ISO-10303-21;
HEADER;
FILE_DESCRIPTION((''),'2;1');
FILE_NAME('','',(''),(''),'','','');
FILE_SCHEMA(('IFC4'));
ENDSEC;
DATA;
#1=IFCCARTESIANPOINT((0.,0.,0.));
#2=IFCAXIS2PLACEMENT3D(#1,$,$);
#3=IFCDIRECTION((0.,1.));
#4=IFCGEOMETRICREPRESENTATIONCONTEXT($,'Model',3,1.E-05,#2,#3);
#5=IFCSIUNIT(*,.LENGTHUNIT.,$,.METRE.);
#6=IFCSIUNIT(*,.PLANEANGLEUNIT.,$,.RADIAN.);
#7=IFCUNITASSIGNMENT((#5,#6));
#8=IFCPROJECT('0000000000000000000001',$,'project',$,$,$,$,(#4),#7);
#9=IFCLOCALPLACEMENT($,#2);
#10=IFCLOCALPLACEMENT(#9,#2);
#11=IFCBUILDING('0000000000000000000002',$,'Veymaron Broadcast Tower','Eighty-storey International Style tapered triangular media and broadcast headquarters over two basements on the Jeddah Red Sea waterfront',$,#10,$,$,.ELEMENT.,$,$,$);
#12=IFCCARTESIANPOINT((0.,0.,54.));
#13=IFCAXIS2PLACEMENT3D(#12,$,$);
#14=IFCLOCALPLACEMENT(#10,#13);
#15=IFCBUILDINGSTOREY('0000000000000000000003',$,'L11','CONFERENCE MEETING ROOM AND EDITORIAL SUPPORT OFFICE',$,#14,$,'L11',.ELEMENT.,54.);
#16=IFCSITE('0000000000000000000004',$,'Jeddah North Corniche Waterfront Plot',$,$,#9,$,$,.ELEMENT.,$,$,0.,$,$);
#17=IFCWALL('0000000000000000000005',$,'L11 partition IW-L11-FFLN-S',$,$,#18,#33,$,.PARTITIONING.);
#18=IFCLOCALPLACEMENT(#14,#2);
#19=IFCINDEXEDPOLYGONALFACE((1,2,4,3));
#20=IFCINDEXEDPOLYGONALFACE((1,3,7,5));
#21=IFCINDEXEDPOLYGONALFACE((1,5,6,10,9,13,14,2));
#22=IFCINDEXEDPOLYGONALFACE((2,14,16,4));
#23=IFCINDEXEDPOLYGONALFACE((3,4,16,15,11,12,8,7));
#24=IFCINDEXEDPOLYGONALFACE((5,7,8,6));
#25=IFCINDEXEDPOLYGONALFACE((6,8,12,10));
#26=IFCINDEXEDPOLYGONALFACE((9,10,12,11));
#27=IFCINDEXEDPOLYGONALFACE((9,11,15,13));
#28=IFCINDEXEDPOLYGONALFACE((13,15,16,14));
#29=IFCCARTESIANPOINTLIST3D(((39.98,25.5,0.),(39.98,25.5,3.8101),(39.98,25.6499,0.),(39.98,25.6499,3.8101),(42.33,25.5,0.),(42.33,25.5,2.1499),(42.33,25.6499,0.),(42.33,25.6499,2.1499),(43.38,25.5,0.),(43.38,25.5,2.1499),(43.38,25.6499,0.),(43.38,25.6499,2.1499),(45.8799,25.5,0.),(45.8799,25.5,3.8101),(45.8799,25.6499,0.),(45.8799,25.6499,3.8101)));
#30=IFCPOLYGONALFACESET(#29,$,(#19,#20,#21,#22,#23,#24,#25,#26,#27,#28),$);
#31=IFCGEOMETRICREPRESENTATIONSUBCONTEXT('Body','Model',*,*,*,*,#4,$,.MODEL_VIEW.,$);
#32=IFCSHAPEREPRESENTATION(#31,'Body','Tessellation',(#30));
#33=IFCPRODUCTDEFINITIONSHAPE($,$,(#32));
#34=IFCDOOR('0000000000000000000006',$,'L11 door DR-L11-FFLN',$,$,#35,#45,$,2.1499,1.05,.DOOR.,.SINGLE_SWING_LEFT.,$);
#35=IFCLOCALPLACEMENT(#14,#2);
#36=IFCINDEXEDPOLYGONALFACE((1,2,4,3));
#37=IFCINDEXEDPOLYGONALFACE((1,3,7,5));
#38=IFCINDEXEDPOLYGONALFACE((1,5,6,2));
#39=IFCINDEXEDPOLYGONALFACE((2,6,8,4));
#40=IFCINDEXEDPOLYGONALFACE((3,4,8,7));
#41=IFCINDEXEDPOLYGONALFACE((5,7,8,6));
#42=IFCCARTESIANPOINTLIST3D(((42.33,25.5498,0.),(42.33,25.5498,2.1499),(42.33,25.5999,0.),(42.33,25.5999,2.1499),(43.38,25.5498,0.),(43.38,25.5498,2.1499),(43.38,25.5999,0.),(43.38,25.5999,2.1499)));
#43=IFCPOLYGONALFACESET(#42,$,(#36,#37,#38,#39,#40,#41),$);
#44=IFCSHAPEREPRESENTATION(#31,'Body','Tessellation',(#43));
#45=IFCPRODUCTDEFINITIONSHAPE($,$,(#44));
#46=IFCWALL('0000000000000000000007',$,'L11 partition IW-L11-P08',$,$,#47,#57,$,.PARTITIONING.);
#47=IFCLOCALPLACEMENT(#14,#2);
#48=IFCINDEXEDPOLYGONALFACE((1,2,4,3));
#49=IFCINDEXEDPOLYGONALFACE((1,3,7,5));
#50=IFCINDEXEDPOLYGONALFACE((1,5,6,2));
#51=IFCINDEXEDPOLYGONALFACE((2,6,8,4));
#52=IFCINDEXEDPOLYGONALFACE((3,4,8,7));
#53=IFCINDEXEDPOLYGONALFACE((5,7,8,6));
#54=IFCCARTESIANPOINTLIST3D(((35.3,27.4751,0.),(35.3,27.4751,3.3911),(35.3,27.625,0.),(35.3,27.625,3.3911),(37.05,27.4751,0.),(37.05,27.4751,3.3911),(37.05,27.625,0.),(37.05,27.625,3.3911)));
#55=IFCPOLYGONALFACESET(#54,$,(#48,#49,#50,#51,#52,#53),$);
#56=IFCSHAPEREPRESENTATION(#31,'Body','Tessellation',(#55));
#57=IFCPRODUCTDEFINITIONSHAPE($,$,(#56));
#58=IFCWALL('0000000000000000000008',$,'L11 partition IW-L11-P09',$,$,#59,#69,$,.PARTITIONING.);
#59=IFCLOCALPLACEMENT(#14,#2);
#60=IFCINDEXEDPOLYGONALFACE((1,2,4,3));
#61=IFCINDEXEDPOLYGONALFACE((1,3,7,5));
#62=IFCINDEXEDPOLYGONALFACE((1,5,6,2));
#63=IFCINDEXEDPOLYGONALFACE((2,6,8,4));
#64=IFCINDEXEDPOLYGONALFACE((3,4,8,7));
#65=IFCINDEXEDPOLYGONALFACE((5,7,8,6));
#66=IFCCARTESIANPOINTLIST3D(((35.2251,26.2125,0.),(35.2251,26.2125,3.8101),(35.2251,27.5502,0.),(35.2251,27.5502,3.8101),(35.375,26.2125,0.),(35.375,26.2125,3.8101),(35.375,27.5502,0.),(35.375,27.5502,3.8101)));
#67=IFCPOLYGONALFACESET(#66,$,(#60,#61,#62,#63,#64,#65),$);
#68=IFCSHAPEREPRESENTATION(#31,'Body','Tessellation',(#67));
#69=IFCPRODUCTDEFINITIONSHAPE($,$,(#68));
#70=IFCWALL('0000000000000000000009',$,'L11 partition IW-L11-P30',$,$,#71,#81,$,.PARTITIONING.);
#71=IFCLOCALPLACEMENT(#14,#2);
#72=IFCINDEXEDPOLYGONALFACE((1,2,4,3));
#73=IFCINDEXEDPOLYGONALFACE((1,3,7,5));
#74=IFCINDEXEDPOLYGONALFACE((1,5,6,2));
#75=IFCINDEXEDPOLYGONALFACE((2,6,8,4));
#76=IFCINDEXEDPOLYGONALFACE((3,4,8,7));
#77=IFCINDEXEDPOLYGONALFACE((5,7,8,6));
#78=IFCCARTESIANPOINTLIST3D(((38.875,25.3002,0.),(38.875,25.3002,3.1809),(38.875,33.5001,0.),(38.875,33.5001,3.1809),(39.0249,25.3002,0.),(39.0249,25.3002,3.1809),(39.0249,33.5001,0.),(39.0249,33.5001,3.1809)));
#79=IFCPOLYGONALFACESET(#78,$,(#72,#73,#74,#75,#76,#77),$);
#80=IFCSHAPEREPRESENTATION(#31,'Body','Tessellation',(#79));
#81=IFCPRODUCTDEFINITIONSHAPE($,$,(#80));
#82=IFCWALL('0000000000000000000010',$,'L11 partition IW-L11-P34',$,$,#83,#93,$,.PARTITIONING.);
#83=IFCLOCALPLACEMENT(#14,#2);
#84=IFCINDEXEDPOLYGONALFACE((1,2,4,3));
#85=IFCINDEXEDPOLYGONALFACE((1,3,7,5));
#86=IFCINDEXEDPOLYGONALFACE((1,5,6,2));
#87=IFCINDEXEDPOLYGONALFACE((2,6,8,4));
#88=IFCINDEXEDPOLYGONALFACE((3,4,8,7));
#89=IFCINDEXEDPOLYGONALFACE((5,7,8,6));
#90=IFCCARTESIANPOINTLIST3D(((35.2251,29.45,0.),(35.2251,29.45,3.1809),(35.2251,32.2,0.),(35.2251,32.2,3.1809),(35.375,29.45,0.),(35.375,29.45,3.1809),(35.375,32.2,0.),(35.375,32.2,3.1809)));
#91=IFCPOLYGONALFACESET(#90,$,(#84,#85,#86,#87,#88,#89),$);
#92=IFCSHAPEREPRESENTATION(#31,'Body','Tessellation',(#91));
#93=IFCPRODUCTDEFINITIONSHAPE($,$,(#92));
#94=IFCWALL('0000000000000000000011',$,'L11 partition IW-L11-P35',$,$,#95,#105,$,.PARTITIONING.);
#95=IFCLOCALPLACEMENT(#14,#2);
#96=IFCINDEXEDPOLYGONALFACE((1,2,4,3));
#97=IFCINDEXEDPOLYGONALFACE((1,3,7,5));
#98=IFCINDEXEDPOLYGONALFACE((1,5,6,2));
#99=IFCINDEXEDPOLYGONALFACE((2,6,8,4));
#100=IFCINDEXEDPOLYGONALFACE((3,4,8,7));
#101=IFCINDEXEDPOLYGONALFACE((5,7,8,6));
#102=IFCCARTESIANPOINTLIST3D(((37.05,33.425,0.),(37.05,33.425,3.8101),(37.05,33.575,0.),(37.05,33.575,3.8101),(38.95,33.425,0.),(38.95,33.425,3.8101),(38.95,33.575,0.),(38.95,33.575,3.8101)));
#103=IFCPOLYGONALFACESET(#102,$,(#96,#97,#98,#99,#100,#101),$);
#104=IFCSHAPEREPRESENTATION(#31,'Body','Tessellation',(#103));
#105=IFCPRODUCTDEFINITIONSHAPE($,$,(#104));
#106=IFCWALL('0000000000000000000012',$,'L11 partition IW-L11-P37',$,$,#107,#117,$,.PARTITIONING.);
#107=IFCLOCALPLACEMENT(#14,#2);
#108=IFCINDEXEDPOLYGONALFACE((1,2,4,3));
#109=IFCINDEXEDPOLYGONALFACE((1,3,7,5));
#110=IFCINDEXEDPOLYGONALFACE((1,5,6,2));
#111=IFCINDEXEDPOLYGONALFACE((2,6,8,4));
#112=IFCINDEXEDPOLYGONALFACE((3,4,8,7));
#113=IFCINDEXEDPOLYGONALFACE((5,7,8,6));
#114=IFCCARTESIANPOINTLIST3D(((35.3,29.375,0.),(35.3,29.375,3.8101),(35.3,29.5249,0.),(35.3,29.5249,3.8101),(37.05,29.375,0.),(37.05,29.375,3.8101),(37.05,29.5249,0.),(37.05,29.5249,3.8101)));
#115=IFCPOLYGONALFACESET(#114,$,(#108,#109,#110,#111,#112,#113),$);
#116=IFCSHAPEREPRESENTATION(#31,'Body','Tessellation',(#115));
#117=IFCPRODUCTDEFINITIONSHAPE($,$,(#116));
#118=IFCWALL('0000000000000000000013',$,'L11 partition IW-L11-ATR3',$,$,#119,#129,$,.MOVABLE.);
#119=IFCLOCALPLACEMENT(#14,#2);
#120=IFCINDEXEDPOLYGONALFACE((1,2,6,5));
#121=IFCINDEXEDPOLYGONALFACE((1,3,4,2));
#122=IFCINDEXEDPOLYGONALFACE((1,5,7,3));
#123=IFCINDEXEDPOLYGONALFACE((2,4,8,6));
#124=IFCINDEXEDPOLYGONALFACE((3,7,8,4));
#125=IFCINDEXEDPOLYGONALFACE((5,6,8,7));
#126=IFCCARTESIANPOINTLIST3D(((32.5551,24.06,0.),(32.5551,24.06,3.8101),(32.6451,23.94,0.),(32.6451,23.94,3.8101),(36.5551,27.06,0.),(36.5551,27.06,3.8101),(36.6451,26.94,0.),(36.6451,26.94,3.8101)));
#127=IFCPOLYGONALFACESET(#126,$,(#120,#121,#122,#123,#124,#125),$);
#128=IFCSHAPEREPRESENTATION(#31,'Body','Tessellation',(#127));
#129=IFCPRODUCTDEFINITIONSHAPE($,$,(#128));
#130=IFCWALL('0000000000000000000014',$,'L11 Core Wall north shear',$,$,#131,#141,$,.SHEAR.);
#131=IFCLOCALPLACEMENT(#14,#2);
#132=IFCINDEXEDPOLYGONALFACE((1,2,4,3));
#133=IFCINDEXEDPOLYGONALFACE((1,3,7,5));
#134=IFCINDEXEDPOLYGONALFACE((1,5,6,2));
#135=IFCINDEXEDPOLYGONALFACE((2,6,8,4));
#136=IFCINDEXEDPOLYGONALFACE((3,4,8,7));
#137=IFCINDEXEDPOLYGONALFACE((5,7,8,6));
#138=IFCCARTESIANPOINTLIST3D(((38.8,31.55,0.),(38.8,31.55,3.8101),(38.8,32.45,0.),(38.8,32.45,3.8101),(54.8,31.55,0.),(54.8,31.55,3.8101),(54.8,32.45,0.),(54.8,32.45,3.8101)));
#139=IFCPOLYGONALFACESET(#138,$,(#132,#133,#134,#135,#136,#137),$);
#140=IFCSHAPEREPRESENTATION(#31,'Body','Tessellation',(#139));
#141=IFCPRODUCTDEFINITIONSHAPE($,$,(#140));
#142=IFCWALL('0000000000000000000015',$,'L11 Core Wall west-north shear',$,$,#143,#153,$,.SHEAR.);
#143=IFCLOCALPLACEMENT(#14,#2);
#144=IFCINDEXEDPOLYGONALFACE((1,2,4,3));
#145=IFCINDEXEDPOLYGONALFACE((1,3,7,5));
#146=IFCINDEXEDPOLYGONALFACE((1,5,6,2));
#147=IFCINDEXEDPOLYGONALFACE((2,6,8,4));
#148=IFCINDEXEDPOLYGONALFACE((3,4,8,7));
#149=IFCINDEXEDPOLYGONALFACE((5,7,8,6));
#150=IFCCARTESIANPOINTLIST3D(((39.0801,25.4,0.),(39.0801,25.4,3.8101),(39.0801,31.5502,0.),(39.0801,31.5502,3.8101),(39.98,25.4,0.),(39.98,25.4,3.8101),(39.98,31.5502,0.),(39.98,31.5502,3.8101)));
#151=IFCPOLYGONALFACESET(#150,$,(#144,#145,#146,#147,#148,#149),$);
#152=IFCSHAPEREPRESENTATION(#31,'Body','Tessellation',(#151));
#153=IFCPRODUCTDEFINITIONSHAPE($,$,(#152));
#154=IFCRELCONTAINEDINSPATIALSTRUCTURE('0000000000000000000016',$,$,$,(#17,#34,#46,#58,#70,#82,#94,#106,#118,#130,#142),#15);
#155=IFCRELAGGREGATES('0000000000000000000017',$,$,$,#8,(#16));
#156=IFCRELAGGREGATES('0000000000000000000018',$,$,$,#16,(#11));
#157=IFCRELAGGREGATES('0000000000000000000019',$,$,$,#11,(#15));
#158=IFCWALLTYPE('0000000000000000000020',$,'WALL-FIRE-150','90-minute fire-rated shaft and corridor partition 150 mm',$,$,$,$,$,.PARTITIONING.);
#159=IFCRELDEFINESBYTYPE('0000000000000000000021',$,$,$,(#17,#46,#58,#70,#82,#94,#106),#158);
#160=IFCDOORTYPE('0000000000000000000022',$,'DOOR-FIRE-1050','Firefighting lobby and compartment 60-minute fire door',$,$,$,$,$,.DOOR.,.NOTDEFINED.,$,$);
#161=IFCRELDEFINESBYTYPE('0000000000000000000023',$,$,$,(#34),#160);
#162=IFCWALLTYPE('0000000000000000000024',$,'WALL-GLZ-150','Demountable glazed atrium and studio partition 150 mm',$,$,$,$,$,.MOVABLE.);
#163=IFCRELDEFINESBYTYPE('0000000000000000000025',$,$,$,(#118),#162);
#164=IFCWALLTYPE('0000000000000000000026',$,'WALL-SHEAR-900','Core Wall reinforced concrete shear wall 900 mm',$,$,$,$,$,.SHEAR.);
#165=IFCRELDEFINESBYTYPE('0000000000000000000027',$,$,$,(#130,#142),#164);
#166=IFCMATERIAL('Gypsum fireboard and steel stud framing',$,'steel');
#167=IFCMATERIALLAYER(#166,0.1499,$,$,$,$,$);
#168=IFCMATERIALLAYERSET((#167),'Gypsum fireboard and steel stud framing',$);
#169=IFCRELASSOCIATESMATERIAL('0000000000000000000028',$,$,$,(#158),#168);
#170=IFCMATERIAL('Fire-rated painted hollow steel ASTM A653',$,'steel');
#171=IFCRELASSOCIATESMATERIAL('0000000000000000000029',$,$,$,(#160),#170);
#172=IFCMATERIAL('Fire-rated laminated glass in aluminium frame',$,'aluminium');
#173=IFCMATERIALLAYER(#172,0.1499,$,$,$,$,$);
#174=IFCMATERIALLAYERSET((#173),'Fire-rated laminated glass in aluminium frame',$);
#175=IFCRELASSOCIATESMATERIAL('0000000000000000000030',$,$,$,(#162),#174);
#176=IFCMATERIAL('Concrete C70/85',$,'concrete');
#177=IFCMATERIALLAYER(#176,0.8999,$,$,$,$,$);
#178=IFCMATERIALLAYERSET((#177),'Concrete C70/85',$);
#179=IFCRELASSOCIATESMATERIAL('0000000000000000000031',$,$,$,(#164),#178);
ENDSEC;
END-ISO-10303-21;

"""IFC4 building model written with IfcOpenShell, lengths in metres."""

from ifc_helpers import new_model, si_unit, direction, frame, frame_2d, origin, place, context, subcontext, project, spatial, rectangle, extrude, material, layer, layer_set, type_object, element, fill, save


model = new_model("IFC4")

# Units and contexts
model_context = context("Model", 3, precision=1e-05, world=origin(), true_north=direction((0.0, 1.0)))
body_context = subcontext(model_context, "Body", "Model", "MODEL_VIEW")
ifc_project = project(units=[si_unit("LENGTHUNIT", "METRE"), si_unit("PLANEANGLEUNIT", "RADIAN")], contexts=[model_context])

# Site, building, storey
site_placement = place(None, origin())
site = spatial("IfcSite", under=ifc_project, at=site_placement, Name="Jeddah North Corniche Waterfront Plot", CompositionType="ELEMENT", RefElevation=0.0)
building_placement = place(site_placement, origin())
building = spatial("IfcBuilding", under=site, at=building_placement, Name="Veymaron Broadcast Tower", Description="Eighty-storey International Style tapered triangular media and broadcast headquarters over two basements on the Jeddah Red Sea waterfront", CompositionType="ELEMENT")
storey_placement = place(building_placement, frame((0.0, 0.0, 54.0)))
storey = spatial("IfcBuildingStorey", under=building, at=storey_placement, Name="L11", Description="CONFERENCE MEETING ROOM AND EDITORIAL SUPPORT OFFICE", LongName="L11", CompositionType="ELEMENT", Elevation=54.0)

# Wall, opening, door
ifc_material_1 = material(Name="Gypsum fireboard and steel stud framing", Category="steel")
ifc_layer_1 = layer(ifc_material_1, 0.1499)
ifc_layer_set_1 = layer_set([ifc_layer_1], Name="Gypsum fireboard and steel stud framing")
wall_type_1 = type_object("IfcWallType", Name="WALL-FIRE-150", Description="90-minute fire-rated shaft and corridor partition 150 mm", PredefinedType="PARTITIONING", material=ifc_layer_set_1)
wall_1_placement = place(storey_placement, frame((39.98, 25.575, 0.0), z_axis=(0.0, 0.0, 1.0), x_axis=(1.0, 0.0, 0.0)))
wall_1 = element("IfcWall", 1, at=wall_1_placement, inside=storey, type_object=wall_type_1, Name="L11 partition IW-L11-FFLN-S", PredefinedType="PARTITIONING", context=body_context, shape_type="SweptSolid", body=[
    extrude(rectangle(XDim=5.8999, YDim=0.1499, at=frame_2d((2.95, 0.0))), origin(), (0.0, 0.0, 1.0), 3.8101),
])
opening_1_placement = place(wall_1_placement, frame((2.3501, 0.0, 0.0)))
opening_1 = element("IfcOpeningElement", 2, at=opening_1_placement, cuts=wall_1, PredefinedType="OPENING", context=body_context, shape_type="SweptSolid", body=[
    extrude(rectangle(XDim=1.05, YDim=2.1499, at=frame_2d((0.5249, 1.075))), frame((0.0, 0.085, 0.0), z_axis=(0.0, -1.0, 0.0), x_axis=(1.0, 0.0, 0.0)), (0.0, 0.0, 1.0), 0.1699),
])
ifc_material_2 = material(Name="Fire-rated painted hollow steel ASTM A653", Category="steel")
door_type_1 = type_object("IfcDoorType", Name="DOOR-FIRE-1050", Description="Firefighting lobby and compartment 60-minute fire door", OperationType="NOTDEFINED", PredefinedType="DOOR", material=ifc_material_2)
door_1_placement = place(opening_1_placement, origin())
door_1 = element("IfcDoor", 3, at=door_1_placement, inside=storey, type_object=door_type_1, Name="L11 door DR-L11-FFLN", OperationType="SINGLE_SWING_LEFT", OverallHeight=2.1499, OverallWidth=1.05, PredefinedType="DOOR", context=body_context, shape_type="SweptSolid", body=[
    extrude(rectangle(XDim=1.05, YDim=2.1499, at=frame_2d((0.5249, 1.075))), frame((0.0, 0.0249, 0.0), z_axis=(0.0, -1.0, 0.0), x_axis=(1.0, 0.0, 0.0)), (0.0, 0.0, 1.0), 0.05),
])
fill(opening_1, door_1)

# Walls
wall_2_placement = place(storey_placement, frame((35.3, 27.55, 0.0), z_axis=(0.0, 0.0, 1.0), x_axis=(1.0, 0.0, 0.0)))
element("IfcWall", 4, at=wall_2_placement, inside=storey, type_object=wall_type_1, Name="L11 partition IW-L11-P08", PredefinedType="PARTITIONING", context=body_context, shape_type="SweptSolid", body=[
    extrude(rectangle(XDim=1.75, YDim=0.1499, at=frame_2d((0.875, 0.0))), origin(), (0.0, 0.0, 1.0), 3.3911),
])
wall_3_placement = place(storey_placement, frame((35.3, 26.2124, 0.0), z_axis=(0.0, 0.0, 1.0), x_axis=(0.0, 1.0, 0.0)))
element("IfcWall", 5, at=wall_3_placement, inside=storey, type_object=wall_type_1, Name="L11 partition IW-L11-P09", PredefinedType="PARTITIONING", context=body_context, shape_type="SweptSolid", body=[
    extrude(rectangle(XDim=1.3376, YDim=0.1499, at=frame_2d((0.6689, 0.0))), origin(), (0.0, 0.0, 1.0), 3.8101),
])
wall_4_placement = place(storey_placement, frame((38.95, 25.3, 0.0), z_axis=(0.0, 0.0, 1.0), x_axis=(0.0, 1.0, 0.0)))
element("IfcWall", 6, at=wall_4_placement, inside=storey, type_object=wall_type_1, Name="L11 partition IW-L11-P30", PredefinedType="PARTITIONING", context=body_context, shape_type="SweptSolid", body=[
    extrude(rectangle(XDim=8.2, YDim=0.1499, at=frame_2d((4.1001, 0.0))), origin(), (0.0, 0.0, 1.0), 3.1809),
])
wall_5_placement = place(storey_placement, frame((35.3, 29.45, 0.0), z_axis=(0.0, 0.0, 1.0), x_axis=(0.0, 1.0, 0.0)))
element("IfcWall", 7, at=wall_5_placement, inside=storey, type_object=wall_type_1, Name="L11 partition IW-L11-P34", PredefinedType="PARTITIONING", context=body_context, shape_type="SweptSolid", body=[
    extrude(rectangle(XDim=2.75, YDim=0.1499, at=frame_2d((1.375, 0.0))), origin(), (0.0, 0.0, 1.0), 3.1809),
])
wall_6_placement = place(storey_placement, frame((37.05, 33.5, 0.0), z_axis=(0.0, 0.0, 1.0), x_axis=(1.0, 0.0, 0.0)))
element("IfcWall", 8, at=wall_6_placement, inside=storey, type_object=wall_type_1, Name="L11 partition IW-L11-P35", PredefinedType="PARTITIONING", context=body_context, shape_type="SweptSolid", body=[
    extrude(rectangle(XDim=1.8999, YDim=0.1499, at=frame_2d((0.95, 0.0))), origin(), (0.0, 0.0, 1.0), 3.8101),
])
wall_7_placement = place(storey_placement, frame((35.3, 29.45, 0.0), z_axis=(0.0, 0.0, 1.0), x_axis=(1.0, 0.0, 0.0)))
element("IfcWall", 9, at=wall_7_placement, inside=storey, type_object=wall_type_1, Name="L11 partition IW-L11-P37", PredefinedType="PARTITIONING", context=body_context, shape_type="SweptSolid", body=[
    extrude(rectangle(XDim=1.75, YDim=0.1499, at=frame_2d((0.875, 0.0))), origin(), (0.0, 0.0, 1.0), 3.8101),
])
ifc_material_3 = material(Name="Fire-rated laminated glass in aluminium frame", Category="aluminium")
ifc_layer_2 = layer(ifc_material_3, 0.1499)
ifc_layer_set_2 = layer_set([ifc_layer_2], Name="Fire-rated laminated glass in aluminium frame")
wall_type_2 = type_object("IfcWallType", Name="WALL-GLZ-150", Description="Demountable glazed atrium and studio partition 150 mm", PredefinedType="MOVABLE", material=ifc_layer_set_2)
wall_8_placement = place(storey_placement, frame((36.6001, 27.0, 0.0), z_axis=(0.0, 0.0, 1.0), x_axis=(-0.8, -0.6, 0.0)))
element("IfcWall", 10, at=wall_8_placement, inside=storey, type_object=wall_type_2, Name="L11 partition IW-L11-ATR3", PredefinedType="MOVABLE", context=body_context, shape_type="SweptSolid", body=[
    extrude(rectangle(XDim=5.0, YDim=0.1499, at=frame_2d((2.5, 0.0))), origin(), (0.0, 0.0, 1.0), 3.8101),
])

# Walls
ifc_material_4 = material(Name="Concrete C70/85", Category="concrete")
ifc_layer_3 = layer(ifc_material_4, 0.8999)
ifc_layer_set_3 = layer_set([ifc_layer_3], Name="Concrete C70/85")
wall_type_3 = type_object("IfcWallType", Name="WALL-SHEAR-900", Description="Core Wall reinforced concrete shear wall 900 mm", PredefinedType="SHEAR", material=ifc_layer_set_3)
wall_9_placement = place(storey_placement, frame((38.8, 32.0, 0.0), z_axis=(0.0, 0.0, 1.0), x_axis=(1.0, 0.0, 0.0)))
element("IfcWall", 11, at=wall_9_placement, inside=storey, type_object=wall_type_3, Name="L11 Core Wall north shear", PredefinedType="SHEAR", context=body_context, shape_type="SweptSolid", body=[
    extrude(rectangle(XDim=16.0, YDim=0.8999, at=frame_2d((8.0, 0.0))), origin(), (0.0, 0.0, 1.0), 3.8101),
])
wall_10_placement = place(storey_placement, frame((39.53, 25.3999, 0.0), z_axis=(0.0, 0.0, 1.0), x_axis=(0.0, 1.0, 0.0)))
element("IfcWall", 12, at=wall_10_placement, inside=storey, type_object=wall_type_3, Name="L11 Core Wall west-north shear", PredefinedType="SHEAR", context=body_context, shape_type="SweptSolid", body=[
    extrude(rectangle(XDim=6.1501, YDim=0.8999, at=frame_2d((3.0752, 0.0))), origin(), (0.0, 0.0, 1.0), 3.8101),
])

save(model, "model.ifc")
